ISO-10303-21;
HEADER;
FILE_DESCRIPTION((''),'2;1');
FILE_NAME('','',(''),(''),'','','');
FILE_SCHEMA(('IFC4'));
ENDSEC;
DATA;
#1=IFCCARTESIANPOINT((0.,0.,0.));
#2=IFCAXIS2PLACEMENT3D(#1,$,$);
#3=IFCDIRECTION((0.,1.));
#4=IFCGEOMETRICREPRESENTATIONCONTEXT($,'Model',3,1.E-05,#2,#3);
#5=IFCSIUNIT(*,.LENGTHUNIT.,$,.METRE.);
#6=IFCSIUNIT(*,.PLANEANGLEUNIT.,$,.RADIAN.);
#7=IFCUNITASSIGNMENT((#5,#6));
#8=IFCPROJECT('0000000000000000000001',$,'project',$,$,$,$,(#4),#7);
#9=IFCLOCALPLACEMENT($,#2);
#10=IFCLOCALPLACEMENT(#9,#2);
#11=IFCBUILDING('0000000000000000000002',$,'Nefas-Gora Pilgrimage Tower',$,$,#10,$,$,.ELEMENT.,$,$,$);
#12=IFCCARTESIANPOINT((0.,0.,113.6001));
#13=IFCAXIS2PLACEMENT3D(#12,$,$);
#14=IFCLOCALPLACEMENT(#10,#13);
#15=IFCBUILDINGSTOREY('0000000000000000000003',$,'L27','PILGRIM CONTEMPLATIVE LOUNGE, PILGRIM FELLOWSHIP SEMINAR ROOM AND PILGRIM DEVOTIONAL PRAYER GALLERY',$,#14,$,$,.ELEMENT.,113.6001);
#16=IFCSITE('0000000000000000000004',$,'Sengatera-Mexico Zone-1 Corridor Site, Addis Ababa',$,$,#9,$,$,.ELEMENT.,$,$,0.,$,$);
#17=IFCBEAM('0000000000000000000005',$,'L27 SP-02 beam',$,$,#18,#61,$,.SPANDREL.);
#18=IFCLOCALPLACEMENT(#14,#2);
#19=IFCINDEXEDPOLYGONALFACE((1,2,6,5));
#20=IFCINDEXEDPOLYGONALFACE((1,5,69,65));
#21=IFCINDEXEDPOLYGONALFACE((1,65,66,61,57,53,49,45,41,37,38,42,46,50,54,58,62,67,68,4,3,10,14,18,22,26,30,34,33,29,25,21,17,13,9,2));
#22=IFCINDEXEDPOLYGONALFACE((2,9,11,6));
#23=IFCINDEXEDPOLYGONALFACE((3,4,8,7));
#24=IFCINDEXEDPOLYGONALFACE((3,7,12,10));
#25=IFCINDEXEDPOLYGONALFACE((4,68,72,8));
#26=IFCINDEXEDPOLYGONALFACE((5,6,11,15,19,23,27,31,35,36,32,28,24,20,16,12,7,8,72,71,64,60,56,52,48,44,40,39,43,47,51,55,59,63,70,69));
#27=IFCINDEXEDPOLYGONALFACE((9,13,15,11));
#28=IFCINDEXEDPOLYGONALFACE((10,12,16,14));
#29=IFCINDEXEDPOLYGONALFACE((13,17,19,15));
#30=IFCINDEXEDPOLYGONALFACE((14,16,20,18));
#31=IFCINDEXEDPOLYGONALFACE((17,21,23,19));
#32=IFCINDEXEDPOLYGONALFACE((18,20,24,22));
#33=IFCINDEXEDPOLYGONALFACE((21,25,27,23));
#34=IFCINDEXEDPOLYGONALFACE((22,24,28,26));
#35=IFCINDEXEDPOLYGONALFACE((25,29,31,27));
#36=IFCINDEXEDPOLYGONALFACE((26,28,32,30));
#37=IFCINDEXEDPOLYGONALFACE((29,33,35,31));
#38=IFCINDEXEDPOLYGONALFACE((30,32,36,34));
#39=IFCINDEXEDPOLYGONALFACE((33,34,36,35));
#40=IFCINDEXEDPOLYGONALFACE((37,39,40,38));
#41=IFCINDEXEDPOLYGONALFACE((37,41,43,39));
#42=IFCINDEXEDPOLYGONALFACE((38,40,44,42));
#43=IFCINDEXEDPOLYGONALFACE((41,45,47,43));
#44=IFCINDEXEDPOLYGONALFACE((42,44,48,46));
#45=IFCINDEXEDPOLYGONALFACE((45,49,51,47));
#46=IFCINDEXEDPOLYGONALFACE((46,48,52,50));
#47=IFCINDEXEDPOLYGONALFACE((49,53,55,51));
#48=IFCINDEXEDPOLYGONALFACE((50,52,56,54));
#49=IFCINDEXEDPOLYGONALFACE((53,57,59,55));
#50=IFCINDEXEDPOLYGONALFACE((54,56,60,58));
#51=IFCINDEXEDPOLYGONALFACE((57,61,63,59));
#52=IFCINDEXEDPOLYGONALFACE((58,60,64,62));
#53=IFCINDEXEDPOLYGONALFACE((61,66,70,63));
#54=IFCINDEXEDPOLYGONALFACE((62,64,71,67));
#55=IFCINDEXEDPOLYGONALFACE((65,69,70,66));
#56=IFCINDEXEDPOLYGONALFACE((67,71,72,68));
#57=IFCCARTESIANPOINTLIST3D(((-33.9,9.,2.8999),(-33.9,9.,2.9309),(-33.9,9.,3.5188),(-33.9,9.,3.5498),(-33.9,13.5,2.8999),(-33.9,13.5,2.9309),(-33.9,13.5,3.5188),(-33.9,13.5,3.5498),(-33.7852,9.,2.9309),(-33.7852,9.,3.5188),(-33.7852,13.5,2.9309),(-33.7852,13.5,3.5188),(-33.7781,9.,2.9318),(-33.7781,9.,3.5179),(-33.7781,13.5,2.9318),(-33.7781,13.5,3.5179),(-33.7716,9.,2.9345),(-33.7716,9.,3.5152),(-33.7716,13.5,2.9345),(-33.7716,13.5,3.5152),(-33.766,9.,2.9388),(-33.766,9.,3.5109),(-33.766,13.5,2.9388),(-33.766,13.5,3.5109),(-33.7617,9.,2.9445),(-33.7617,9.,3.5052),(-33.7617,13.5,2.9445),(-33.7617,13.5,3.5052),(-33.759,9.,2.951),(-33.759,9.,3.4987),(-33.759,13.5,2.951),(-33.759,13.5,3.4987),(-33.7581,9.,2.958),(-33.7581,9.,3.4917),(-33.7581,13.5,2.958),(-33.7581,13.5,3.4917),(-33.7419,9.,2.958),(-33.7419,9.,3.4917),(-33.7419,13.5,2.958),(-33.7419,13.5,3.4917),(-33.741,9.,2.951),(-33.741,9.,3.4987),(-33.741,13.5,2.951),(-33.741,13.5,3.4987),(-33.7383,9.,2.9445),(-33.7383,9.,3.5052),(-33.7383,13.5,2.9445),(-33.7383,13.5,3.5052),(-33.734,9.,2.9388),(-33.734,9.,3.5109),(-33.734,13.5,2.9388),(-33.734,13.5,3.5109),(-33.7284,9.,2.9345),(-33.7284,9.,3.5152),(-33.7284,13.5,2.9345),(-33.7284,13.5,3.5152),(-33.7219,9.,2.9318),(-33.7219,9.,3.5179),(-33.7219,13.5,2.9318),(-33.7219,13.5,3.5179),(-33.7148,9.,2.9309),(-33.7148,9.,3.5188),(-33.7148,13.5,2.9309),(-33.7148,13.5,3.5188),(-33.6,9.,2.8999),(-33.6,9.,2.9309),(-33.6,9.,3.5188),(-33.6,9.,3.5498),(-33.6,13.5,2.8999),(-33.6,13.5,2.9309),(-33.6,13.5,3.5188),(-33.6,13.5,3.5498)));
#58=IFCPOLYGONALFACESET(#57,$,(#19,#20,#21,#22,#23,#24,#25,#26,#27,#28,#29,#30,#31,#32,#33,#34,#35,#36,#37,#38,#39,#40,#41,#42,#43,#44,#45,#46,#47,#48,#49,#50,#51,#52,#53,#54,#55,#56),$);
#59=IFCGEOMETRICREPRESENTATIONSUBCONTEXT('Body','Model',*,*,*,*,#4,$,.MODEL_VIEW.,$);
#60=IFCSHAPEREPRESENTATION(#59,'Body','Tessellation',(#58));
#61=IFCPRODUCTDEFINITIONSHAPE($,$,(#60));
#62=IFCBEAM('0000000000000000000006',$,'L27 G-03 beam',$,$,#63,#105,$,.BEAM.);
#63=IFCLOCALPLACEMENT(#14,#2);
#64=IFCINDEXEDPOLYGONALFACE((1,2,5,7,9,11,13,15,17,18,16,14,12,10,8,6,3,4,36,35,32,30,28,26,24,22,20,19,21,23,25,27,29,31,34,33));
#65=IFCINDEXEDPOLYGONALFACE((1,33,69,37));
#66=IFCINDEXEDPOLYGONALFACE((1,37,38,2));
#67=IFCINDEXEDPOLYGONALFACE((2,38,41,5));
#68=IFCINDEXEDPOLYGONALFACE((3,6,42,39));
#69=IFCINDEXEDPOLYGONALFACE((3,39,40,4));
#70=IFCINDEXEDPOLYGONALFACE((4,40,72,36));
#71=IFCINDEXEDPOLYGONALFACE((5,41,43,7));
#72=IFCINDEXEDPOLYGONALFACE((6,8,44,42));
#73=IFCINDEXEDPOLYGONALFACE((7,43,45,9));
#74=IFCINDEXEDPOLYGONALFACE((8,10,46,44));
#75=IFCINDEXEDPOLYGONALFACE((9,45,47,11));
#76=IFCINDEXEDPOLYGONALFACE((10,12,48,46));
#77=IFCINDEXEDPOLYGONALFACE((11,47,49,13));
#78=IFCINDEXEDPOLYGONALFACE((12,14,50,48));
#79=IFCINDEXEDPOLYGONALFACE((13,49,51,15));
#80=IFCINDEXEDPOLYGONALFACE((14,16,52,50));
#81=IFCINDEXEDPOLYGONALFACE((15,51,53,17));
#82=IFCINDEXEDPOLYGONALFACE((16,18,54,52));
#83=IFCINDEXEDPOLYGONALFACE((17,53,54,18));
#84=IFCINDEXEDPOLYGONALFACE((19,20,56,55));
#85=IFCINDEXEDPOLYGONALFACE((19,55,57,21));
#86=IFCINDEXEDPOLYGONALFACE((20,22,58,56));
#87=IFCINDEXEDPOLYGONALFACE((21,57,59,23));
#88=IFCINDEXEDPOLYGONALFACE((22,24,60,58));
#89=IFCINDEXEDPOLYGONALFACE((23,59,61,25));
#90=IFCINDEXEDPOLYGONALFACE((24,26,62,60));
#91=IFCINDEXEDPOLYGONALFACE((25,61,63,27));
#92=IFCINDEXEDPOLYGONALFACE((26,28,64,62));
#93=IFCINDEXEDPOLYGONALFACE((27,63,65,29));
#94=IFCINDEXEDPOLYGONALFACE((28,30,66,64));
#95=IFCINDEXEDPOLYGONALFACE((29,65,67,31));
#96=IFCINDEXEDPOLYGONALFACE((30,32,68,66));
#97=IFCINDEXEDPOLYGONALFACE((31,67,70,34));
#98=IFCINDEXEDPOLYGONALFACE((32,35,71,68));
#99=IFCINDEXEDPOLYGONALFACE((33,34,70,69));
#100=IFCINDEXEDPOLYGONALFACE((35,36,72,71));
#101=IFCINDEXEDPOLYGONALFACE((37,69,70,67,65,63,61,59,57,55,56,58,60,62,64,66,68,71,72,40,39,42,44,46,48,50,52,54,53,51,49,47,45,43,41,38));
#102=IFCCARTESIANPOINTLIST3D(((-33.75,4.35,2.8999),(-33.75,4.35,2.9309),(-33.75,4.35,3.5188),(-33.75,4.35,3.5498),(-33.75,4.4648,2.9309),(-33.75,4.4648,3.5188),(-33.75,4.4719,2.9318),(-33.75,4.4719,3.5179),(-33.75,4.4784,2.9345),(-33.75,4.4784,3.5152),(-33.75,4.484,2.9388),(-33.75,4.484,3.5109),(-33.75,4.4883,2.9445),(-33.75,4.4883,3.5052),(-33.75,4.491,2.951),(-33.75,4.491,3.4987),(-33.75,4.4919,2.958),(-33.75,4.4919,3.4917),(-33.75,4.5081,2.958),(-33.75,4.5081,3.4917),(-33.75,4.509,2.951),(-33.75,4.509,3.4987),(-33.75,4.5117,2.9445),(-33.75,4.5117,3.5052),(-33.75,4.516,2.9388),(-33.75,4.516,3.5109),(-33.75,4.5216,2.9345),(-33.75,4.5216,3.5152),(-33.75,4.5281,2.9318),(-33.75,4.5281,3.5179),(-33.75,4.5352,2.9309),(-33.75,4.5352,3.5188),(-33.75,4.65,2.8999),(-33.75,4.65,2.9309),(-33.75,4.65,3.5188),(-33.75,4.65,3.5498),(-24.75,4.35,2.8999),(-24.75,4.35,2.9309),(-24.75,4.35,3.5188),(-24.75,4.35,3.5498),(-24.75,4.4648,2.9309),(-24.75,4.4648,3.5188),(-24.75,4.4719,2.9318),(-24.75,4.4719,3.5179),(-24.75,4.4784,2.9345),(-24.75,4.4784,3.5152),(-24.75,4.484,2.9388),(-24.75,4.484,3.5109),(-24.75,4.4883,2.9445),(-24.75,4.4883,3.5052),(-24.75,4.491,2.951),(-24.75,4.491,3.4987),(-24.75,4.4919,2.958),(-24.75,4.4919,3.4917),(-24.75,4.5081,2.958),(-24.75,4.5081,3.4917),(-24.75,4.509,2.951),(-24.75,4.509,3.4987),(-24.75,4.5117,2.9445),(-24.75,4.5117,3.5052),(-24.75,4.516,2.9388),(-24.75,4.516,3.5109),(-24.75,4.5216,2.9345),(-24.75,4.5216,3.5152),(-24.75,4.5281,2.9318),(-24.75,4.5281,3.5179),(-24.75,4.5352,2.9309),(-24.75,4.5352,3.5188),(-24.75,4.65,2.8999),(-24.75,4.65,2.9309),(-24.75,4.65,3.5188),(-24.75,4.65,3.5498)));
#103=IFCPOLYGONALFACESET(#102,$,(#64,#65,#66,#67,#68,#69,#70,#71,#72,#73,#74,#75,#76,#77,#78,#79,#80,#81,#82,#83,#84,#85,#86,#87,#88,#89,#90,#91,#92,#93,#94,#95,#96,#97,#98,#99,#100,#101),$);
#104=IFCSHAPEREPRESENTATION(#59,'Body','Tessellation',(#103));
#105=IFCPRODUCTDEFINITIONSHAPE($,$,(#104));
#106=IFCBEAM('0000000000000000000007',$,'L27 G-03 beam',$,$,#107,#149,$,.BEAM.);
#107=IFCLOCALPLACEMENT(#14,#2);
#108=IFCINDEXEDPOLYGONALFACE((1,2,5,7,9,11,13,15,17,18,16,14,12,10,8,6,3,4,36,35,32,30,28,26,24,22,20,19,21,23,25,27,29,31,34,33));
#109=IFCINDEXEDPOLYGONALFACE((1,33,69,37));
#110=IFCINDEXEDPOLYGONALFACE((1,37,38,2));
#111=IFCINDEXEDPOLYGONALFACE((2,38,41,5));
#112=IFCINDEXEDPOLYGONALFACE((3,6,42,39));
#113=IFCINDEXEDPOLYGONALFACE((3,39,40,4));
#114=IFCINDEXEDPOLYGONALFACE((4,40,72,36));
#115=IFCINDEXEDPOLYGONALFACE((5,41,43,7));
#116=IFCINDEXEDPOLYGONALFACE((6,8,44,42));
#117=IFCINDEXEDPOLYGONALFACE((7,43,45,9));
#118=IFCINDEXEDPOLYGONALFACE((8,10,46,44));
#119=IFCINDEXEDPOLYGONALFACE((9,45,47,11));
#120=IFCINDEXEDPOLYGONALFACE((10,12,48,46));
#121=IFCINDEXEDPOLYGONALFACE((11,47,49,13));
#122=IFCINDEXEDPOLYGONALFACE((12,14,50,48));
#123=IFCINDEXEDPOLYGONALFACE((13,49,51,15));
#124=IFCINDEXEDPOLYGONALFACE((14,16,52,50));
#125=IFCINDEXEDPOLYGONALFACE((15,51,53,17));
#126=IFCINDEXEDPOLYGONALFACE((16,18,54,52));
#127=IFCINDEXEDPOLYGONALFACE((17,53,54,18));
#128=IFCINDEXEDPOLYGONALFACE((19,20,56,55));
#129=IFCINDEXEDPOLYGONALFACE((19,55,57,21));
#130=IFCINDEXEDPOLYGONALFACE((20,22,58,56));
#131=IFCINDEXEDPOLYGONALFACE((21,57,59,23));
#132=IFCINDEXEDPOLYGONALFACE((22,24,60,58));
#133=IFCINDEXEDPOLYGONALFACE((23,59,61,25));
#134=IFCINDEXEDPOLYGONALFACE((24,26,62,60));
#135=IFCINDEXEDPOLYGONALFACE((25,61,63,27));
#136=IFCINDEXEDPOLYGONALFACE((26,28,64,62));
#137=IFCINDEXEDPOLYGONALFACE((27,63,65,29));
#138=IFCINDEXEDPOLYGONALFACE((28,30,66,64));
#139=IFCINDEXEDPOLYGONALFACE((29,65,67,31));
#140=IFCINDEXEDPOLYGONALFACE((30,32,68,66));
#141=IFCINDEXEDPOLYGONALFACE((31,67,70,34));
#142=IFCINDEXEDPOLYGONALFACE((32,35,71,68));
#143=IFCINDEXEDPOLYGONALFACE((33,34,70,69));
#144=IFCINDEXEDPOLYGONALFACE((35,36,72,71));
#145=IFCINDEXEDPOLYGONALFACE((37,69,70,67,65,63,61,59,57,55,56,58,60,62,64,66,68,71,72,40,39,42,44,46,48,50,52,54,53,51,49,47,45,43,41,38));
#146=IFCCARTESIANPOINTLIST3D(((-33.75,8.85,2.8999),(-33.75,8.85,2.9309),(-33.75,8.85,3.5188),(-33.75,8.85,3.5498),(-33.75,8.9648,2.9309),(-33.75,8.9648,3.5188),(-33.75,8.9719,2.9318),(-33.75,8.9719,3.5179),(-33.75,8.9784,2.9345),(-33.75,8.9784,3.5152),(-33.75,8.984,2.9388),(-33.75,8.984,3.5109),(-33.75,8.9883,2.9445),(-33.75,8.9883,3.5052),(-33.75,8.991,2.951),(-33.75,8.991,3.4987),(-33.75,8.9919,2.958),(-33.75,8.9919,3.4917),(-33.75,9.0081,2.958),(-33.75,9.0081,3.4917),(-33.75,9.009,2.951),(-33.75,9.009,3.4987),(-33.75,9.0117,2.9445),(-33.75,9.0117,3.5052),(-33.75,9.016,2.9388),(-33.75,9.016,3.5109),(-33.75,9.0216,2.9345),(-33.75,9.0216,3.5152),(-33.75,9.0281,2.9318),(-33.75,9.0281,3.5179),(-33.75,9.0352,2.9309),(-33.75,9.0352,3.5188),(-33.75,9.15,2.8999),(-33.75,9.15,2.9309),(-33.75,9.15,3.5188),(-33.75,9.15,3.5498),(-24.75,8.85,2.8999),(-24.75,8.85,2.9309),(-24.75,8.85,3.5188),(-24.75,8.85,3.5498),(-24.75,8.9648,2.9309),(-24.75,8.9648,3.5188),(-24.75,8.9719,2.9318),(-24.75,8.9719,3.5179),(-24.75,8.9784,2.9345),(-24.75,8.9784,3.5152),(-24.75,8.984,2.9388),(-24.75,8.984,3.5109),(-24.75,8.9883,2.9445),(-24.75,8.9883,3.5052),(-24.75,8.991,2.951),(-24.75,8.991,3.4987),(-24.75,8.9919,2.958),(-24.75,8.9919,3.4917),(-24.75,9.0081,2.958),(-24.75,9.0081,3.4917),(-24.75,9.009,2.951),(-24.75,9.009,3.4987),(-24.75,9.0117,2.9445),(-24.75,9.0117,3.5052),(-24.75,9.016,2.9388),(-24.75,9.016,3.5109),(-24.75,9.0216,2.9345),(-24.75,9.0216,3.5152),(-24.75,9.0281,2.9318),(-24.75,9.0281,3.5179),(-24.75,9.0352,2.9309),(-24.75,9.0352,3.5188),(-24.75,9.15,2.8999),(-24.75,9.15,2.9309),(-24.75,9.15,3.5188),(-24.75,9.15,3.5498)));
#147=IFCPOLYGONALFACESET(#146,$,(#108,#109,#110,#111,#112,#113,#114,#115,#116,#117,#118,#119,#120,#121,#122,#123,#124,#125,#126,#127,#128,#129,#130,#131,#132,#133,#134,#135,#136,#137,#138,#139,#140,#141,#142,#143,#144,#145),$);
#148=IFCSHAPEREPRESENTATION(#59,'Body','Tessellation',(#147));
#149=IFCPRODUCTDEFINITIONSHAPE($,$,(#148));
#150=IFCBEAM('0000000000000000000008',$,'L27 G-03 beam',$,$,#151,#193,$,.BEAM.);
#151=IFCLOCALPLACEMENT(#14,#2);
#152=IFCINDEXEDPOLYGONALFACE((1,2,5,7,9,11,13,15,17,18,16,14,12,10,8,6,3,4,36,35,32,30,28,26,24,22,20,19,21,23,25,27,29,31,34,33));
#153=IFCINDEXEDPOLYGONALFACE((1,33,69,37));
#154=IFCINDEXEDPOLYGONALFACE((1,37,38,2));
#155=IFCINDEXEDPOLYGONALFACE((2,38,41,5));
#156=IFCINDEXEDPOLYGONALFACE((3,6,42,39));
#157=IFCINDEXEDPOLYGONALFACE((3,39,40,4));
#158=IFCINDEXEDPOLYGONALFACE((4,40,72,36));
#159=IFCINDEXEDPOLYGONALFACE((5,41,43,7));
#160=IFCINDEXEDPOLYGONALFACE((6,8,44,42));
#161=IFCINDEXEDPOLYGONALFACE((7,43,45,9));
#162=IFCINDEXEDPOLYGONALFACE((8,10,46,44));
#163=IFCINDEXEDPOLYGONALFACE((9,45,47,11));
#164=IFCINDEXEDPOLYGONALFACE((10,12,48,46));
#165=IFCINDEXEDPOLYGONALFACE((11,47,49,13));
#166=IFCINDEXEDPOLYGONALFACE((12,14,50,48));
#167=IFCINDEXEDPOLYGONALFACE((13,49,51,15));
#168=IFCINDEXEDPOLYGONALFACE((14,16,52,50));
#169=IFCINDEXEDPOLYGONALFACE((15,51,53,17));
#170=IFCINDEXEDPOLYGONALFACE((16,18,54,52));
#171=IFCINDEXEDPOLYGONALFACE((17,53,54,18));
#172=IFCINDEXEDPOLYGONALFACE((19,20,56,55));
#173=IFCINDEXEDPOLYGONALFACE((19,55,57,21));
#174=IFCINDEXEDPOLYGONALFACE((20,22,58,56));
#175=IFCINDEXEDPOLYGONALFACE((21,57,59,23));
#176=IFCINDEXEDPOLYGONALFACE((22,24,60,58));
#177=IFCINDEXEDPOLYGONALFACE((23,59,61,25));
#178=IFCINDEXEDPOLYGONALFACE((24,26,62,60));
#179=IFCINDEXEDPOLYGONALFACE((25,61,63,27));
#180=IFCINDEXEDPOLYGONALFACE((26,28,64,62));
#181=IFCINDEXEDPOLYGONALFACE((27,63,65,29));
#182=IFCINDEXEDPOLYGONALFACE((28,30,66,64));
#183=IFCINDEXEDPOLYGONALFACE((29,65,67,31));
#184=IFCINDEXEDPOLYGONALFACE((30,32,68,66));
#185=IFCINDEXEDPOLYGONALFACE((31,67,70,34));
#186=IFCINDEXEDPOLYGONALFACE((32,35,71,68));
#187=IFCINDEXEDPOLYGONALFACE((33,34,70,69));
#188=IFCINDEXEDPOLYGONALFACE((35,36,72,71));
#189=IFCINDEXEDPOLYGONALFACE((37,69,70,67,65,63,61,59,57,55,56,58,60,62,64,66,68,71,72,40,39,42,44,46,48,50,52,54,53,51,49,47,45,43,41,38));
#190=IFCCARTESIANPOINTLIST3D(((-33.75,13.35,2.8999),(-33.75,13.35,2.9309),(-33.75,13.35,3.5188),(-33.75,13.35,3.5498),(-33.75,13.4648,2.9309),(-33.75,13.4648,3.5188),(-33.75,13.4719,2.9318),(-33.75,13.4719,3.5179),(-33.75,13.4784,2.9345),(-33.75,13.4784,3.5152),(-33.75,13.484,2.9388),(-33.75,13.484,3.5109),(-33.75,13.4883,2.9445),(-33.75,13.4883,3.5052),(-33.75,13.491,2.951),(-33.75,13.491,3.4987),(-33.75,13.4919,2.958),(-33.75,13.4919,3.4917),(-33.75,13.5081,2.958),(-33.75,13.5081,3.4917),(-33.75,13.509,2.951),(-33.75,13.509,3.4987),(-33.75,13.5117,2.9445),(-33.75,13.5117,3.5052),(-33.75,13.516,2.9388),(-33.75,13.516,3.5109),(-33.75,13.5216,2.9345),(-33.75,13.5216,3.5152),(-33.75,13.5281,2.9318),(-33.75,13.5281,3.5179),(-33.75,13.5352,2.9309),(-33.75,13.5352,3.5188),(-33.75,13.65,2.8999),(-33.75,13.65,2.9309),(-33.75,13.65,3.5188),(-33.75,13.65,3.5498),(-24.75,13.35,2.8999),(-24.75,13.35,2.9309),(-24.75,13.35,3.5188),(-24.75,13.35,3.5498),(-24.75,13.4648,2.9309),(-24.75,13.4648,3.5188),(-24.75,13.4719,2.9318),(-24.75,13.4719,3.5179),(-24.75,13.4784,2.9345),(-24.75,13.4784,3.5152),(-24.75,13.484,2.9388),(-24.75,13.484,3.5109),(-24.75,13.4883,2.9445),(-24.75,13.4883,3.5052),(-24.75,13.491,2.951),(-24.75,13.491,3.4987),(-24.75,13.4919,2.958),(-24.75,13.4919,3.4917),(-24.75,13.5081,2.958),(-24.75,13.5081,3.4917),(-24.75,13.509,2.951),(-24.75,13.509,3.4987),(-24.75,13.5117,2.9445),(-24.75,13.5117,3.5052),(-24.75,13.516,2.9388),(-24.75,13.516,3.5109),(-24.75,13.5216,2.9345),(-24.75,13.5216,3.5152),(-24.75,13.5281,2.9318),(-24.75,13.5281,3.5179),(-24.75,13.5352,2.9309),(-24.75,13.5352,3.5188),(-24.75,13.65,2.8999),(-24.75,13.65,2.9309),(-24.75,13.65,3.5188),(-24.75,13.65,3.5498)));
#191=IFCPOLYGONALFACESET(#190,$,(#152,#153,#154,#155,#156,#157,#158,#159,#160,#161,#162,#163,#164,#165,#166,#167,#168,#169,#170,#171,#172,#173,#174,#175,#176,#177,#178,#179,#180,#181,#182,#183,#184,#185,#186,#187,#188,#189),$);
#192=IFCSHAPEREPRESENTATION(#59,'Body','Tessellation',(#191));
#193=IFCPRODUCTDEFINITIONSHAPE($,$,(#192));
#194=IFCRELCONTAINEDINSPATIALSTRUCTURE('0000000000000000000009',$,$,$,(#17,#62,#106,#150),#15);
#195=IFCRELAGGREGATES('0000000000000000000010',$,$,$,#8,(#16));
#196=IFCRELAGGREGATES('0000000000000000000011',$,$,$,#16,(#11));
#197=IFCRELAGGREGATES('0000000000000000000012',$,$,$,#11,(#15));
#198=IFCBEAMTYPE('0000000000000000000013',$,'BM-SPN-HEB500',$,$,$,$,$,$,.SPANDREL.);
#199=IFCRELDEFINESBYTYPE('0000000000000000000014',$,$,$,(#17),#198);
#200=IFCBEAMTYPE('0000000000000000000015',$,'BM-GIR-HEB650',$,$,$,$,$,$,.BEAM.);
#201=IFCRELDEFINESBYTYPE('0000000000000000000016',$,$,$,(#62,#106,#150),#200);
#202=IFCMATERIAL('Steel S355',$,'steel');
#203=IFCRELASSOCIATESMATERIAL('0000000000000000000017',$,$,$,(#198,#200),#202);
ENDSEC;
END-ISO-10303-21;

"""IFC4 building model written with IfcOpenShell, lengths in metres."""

from ifc_helpers import new_model, si_unit, direction, frame, origin, origin_2d, place, context, subcontext, project, spatial, i_section, extrude, source, transform, mapped, material, material_profile, profile_set, type_object, element, save


model = new_model("IFC4")

# Units and contexts
model_context = context("Model", 3, precision=1e-05, world=origin(), true_north=direction((0.0, 1.0)))
body_context = subcontext(model_context, "Body", "Model", "MODEL_VIEW")
ifc_project = project(units=[si_unit("LENGTHUNIT", "METRE"), si_unit("PLANEANGLEUNIT", "RADIAN")], contexts=[model_context])

# Site, building, storey
site_placement = place(None, origin())
site = spatial("IfcSite", under=ifc_project, at=site_placement, Name="Sengatera-Mexico Zone-1 Corridor Site, Addis Ababa", CompositionType="ELEMENT", RefElevation=0.0)
building_placement = place(site_placement, origin())
building = spatial("IfcBuilding", under=site, at=building_placement, Name="Nefas-Gora Pilgrimage Tower", CompositionType="ELEMENT")
storey_placement = place(building_placement, frame((0.0, 0.0, 113.6001)))
storey = spatial("IfcBuildingStorey", under=building, at=storey_placement, Name="L27", Description="PILGRIM CONTEMPLATIVE LOUNGE, PILGRIM FELLOWSHIP SEMINAR ROOM AND PILGRIM DEVOTIONAL PRAYER GALLERY", CompositionType="ELEMENT", Elevation=113.6001)

# Beams
ifc_material_1 = material(Name="Steel S355", Category="steel")
ifc_material_profile_1 = material_profile(ifc_material_1, i_section(OverallWidth=0.3, OverallDepth=0.6499, WebThickness=0.0161, FlangeThickness=0.031, FilletRadius=0.0271, at=origin_2d()), Name="HEB 650")
ifc_profile_set_1 = profile_set([ifc_material_profile_1], Name="Steel S355")
beam_type_1 = type_object("IfcBeamType", Name="BM-SPN-HEB500", PredefinedType="SPANDREL", material=ifc_profile_set_1)
shared_shape_1 = source(origin(), body_context, "Body", "SweptSolid", [
    extrude(i_section(OverallWidth=0.3, OverallDepth=0.6499, WebThickness=0.0161, FlangeThickness=0.031, FilletRadius=0.0271, at=origin_2d()), origin(), (0.0, 0.0, 1.0), 4.5),
])
for number, where, z_axis, x_axis, name in (
    (1, (-33.75, 9.0, 3.2249), (0.0, 1.0, 0.0), (-1.0, 0.0, 0.0), "L27 SP-02 beam"),
):
    element("IfcBeam", number, at=place(storey_placement, frame(where, z_axis=z_axis, x_axis=x_axis)), inside=storey, type_object=beam_type_1, Name=name, PredefinedType="SPANDREL", context=body_context, shape_type="MappedRepresentation", body=[
        mapped(shared_shape_1, transform((0.0, 0.0, 0.0), x_axis=(1.0, 0.0, 0.0), y_axis=(0.0, 1.0, 0.0), z_axis=(0.0, 0.0, 1.0), scale=1.0)),
    ])
ifc_material_profile_2 = material_profile(ifc_material_1, i_section(OverallWidth=0.3, OverallDepth=0.6499, WebThickness=0.0161, FlangeThickness=0.031, FilletRadius=0.0271, at=origin_2d()), Name="HEB 650")
ifc_profile_set_2 = profile_set([ifc_material_profile_2], Name="Steel S355")
beam_type_2 = type_object("IfcBeamType", Name="BM-GIR-HEB650", PredefinedType="BEAM", material=ifc_profile_set_2)
shared_shape_2 = source(origin(), body_context, "Body", "SweptSolid", [
    extrude(i_section(OverallWidth=0.3, OverallDepth=0.6499, WebThickness=0.0161, FlangeThickness=0.031, FilletRadius=0.0271, at=origin_2d()), origin(), (0.0, 0.0, 1.0), 9.0),
])
for number, where, z_axis, x_axis, name in (
    (2, (-33.75, 4.5, 3.2249), (1.0, 0.0, 0.0), (0.0, 1.0, 0.0), "L27 G-03 beam"),
    (3, (-33.75, 9.0, 3.2249), (1.0, 0.0, 0.0), (0.0, 1.0, 0.0), "L27 G-03 beam"),
    (4, (-33.75, 13.5, 3.2249), (1.0, 0.0, 0.0), (0.0, 1.0, 0.0), "L27 G-03 beam"),
):
    element("IfcBeam", number, at=place(storey_placement, frame(where, z_axis=z_axis, x_axis=x_axis)), inside=storey, type_object=beam_type_2, Name=name, PredefinedType="BEAM", context=body_context, shape_type="MappedRepresentation", body=[
        mapped(shared_shape_2, transform((0.0, 0.0, 0.0), x_axis=(1.0, 0.0, 0.0), y_axis=(0.0, 1.0, 0.0), z_axis=(0.0, 0.0, 1.0), scale=1.0)),
    ])

save(model, "model.ifc")
